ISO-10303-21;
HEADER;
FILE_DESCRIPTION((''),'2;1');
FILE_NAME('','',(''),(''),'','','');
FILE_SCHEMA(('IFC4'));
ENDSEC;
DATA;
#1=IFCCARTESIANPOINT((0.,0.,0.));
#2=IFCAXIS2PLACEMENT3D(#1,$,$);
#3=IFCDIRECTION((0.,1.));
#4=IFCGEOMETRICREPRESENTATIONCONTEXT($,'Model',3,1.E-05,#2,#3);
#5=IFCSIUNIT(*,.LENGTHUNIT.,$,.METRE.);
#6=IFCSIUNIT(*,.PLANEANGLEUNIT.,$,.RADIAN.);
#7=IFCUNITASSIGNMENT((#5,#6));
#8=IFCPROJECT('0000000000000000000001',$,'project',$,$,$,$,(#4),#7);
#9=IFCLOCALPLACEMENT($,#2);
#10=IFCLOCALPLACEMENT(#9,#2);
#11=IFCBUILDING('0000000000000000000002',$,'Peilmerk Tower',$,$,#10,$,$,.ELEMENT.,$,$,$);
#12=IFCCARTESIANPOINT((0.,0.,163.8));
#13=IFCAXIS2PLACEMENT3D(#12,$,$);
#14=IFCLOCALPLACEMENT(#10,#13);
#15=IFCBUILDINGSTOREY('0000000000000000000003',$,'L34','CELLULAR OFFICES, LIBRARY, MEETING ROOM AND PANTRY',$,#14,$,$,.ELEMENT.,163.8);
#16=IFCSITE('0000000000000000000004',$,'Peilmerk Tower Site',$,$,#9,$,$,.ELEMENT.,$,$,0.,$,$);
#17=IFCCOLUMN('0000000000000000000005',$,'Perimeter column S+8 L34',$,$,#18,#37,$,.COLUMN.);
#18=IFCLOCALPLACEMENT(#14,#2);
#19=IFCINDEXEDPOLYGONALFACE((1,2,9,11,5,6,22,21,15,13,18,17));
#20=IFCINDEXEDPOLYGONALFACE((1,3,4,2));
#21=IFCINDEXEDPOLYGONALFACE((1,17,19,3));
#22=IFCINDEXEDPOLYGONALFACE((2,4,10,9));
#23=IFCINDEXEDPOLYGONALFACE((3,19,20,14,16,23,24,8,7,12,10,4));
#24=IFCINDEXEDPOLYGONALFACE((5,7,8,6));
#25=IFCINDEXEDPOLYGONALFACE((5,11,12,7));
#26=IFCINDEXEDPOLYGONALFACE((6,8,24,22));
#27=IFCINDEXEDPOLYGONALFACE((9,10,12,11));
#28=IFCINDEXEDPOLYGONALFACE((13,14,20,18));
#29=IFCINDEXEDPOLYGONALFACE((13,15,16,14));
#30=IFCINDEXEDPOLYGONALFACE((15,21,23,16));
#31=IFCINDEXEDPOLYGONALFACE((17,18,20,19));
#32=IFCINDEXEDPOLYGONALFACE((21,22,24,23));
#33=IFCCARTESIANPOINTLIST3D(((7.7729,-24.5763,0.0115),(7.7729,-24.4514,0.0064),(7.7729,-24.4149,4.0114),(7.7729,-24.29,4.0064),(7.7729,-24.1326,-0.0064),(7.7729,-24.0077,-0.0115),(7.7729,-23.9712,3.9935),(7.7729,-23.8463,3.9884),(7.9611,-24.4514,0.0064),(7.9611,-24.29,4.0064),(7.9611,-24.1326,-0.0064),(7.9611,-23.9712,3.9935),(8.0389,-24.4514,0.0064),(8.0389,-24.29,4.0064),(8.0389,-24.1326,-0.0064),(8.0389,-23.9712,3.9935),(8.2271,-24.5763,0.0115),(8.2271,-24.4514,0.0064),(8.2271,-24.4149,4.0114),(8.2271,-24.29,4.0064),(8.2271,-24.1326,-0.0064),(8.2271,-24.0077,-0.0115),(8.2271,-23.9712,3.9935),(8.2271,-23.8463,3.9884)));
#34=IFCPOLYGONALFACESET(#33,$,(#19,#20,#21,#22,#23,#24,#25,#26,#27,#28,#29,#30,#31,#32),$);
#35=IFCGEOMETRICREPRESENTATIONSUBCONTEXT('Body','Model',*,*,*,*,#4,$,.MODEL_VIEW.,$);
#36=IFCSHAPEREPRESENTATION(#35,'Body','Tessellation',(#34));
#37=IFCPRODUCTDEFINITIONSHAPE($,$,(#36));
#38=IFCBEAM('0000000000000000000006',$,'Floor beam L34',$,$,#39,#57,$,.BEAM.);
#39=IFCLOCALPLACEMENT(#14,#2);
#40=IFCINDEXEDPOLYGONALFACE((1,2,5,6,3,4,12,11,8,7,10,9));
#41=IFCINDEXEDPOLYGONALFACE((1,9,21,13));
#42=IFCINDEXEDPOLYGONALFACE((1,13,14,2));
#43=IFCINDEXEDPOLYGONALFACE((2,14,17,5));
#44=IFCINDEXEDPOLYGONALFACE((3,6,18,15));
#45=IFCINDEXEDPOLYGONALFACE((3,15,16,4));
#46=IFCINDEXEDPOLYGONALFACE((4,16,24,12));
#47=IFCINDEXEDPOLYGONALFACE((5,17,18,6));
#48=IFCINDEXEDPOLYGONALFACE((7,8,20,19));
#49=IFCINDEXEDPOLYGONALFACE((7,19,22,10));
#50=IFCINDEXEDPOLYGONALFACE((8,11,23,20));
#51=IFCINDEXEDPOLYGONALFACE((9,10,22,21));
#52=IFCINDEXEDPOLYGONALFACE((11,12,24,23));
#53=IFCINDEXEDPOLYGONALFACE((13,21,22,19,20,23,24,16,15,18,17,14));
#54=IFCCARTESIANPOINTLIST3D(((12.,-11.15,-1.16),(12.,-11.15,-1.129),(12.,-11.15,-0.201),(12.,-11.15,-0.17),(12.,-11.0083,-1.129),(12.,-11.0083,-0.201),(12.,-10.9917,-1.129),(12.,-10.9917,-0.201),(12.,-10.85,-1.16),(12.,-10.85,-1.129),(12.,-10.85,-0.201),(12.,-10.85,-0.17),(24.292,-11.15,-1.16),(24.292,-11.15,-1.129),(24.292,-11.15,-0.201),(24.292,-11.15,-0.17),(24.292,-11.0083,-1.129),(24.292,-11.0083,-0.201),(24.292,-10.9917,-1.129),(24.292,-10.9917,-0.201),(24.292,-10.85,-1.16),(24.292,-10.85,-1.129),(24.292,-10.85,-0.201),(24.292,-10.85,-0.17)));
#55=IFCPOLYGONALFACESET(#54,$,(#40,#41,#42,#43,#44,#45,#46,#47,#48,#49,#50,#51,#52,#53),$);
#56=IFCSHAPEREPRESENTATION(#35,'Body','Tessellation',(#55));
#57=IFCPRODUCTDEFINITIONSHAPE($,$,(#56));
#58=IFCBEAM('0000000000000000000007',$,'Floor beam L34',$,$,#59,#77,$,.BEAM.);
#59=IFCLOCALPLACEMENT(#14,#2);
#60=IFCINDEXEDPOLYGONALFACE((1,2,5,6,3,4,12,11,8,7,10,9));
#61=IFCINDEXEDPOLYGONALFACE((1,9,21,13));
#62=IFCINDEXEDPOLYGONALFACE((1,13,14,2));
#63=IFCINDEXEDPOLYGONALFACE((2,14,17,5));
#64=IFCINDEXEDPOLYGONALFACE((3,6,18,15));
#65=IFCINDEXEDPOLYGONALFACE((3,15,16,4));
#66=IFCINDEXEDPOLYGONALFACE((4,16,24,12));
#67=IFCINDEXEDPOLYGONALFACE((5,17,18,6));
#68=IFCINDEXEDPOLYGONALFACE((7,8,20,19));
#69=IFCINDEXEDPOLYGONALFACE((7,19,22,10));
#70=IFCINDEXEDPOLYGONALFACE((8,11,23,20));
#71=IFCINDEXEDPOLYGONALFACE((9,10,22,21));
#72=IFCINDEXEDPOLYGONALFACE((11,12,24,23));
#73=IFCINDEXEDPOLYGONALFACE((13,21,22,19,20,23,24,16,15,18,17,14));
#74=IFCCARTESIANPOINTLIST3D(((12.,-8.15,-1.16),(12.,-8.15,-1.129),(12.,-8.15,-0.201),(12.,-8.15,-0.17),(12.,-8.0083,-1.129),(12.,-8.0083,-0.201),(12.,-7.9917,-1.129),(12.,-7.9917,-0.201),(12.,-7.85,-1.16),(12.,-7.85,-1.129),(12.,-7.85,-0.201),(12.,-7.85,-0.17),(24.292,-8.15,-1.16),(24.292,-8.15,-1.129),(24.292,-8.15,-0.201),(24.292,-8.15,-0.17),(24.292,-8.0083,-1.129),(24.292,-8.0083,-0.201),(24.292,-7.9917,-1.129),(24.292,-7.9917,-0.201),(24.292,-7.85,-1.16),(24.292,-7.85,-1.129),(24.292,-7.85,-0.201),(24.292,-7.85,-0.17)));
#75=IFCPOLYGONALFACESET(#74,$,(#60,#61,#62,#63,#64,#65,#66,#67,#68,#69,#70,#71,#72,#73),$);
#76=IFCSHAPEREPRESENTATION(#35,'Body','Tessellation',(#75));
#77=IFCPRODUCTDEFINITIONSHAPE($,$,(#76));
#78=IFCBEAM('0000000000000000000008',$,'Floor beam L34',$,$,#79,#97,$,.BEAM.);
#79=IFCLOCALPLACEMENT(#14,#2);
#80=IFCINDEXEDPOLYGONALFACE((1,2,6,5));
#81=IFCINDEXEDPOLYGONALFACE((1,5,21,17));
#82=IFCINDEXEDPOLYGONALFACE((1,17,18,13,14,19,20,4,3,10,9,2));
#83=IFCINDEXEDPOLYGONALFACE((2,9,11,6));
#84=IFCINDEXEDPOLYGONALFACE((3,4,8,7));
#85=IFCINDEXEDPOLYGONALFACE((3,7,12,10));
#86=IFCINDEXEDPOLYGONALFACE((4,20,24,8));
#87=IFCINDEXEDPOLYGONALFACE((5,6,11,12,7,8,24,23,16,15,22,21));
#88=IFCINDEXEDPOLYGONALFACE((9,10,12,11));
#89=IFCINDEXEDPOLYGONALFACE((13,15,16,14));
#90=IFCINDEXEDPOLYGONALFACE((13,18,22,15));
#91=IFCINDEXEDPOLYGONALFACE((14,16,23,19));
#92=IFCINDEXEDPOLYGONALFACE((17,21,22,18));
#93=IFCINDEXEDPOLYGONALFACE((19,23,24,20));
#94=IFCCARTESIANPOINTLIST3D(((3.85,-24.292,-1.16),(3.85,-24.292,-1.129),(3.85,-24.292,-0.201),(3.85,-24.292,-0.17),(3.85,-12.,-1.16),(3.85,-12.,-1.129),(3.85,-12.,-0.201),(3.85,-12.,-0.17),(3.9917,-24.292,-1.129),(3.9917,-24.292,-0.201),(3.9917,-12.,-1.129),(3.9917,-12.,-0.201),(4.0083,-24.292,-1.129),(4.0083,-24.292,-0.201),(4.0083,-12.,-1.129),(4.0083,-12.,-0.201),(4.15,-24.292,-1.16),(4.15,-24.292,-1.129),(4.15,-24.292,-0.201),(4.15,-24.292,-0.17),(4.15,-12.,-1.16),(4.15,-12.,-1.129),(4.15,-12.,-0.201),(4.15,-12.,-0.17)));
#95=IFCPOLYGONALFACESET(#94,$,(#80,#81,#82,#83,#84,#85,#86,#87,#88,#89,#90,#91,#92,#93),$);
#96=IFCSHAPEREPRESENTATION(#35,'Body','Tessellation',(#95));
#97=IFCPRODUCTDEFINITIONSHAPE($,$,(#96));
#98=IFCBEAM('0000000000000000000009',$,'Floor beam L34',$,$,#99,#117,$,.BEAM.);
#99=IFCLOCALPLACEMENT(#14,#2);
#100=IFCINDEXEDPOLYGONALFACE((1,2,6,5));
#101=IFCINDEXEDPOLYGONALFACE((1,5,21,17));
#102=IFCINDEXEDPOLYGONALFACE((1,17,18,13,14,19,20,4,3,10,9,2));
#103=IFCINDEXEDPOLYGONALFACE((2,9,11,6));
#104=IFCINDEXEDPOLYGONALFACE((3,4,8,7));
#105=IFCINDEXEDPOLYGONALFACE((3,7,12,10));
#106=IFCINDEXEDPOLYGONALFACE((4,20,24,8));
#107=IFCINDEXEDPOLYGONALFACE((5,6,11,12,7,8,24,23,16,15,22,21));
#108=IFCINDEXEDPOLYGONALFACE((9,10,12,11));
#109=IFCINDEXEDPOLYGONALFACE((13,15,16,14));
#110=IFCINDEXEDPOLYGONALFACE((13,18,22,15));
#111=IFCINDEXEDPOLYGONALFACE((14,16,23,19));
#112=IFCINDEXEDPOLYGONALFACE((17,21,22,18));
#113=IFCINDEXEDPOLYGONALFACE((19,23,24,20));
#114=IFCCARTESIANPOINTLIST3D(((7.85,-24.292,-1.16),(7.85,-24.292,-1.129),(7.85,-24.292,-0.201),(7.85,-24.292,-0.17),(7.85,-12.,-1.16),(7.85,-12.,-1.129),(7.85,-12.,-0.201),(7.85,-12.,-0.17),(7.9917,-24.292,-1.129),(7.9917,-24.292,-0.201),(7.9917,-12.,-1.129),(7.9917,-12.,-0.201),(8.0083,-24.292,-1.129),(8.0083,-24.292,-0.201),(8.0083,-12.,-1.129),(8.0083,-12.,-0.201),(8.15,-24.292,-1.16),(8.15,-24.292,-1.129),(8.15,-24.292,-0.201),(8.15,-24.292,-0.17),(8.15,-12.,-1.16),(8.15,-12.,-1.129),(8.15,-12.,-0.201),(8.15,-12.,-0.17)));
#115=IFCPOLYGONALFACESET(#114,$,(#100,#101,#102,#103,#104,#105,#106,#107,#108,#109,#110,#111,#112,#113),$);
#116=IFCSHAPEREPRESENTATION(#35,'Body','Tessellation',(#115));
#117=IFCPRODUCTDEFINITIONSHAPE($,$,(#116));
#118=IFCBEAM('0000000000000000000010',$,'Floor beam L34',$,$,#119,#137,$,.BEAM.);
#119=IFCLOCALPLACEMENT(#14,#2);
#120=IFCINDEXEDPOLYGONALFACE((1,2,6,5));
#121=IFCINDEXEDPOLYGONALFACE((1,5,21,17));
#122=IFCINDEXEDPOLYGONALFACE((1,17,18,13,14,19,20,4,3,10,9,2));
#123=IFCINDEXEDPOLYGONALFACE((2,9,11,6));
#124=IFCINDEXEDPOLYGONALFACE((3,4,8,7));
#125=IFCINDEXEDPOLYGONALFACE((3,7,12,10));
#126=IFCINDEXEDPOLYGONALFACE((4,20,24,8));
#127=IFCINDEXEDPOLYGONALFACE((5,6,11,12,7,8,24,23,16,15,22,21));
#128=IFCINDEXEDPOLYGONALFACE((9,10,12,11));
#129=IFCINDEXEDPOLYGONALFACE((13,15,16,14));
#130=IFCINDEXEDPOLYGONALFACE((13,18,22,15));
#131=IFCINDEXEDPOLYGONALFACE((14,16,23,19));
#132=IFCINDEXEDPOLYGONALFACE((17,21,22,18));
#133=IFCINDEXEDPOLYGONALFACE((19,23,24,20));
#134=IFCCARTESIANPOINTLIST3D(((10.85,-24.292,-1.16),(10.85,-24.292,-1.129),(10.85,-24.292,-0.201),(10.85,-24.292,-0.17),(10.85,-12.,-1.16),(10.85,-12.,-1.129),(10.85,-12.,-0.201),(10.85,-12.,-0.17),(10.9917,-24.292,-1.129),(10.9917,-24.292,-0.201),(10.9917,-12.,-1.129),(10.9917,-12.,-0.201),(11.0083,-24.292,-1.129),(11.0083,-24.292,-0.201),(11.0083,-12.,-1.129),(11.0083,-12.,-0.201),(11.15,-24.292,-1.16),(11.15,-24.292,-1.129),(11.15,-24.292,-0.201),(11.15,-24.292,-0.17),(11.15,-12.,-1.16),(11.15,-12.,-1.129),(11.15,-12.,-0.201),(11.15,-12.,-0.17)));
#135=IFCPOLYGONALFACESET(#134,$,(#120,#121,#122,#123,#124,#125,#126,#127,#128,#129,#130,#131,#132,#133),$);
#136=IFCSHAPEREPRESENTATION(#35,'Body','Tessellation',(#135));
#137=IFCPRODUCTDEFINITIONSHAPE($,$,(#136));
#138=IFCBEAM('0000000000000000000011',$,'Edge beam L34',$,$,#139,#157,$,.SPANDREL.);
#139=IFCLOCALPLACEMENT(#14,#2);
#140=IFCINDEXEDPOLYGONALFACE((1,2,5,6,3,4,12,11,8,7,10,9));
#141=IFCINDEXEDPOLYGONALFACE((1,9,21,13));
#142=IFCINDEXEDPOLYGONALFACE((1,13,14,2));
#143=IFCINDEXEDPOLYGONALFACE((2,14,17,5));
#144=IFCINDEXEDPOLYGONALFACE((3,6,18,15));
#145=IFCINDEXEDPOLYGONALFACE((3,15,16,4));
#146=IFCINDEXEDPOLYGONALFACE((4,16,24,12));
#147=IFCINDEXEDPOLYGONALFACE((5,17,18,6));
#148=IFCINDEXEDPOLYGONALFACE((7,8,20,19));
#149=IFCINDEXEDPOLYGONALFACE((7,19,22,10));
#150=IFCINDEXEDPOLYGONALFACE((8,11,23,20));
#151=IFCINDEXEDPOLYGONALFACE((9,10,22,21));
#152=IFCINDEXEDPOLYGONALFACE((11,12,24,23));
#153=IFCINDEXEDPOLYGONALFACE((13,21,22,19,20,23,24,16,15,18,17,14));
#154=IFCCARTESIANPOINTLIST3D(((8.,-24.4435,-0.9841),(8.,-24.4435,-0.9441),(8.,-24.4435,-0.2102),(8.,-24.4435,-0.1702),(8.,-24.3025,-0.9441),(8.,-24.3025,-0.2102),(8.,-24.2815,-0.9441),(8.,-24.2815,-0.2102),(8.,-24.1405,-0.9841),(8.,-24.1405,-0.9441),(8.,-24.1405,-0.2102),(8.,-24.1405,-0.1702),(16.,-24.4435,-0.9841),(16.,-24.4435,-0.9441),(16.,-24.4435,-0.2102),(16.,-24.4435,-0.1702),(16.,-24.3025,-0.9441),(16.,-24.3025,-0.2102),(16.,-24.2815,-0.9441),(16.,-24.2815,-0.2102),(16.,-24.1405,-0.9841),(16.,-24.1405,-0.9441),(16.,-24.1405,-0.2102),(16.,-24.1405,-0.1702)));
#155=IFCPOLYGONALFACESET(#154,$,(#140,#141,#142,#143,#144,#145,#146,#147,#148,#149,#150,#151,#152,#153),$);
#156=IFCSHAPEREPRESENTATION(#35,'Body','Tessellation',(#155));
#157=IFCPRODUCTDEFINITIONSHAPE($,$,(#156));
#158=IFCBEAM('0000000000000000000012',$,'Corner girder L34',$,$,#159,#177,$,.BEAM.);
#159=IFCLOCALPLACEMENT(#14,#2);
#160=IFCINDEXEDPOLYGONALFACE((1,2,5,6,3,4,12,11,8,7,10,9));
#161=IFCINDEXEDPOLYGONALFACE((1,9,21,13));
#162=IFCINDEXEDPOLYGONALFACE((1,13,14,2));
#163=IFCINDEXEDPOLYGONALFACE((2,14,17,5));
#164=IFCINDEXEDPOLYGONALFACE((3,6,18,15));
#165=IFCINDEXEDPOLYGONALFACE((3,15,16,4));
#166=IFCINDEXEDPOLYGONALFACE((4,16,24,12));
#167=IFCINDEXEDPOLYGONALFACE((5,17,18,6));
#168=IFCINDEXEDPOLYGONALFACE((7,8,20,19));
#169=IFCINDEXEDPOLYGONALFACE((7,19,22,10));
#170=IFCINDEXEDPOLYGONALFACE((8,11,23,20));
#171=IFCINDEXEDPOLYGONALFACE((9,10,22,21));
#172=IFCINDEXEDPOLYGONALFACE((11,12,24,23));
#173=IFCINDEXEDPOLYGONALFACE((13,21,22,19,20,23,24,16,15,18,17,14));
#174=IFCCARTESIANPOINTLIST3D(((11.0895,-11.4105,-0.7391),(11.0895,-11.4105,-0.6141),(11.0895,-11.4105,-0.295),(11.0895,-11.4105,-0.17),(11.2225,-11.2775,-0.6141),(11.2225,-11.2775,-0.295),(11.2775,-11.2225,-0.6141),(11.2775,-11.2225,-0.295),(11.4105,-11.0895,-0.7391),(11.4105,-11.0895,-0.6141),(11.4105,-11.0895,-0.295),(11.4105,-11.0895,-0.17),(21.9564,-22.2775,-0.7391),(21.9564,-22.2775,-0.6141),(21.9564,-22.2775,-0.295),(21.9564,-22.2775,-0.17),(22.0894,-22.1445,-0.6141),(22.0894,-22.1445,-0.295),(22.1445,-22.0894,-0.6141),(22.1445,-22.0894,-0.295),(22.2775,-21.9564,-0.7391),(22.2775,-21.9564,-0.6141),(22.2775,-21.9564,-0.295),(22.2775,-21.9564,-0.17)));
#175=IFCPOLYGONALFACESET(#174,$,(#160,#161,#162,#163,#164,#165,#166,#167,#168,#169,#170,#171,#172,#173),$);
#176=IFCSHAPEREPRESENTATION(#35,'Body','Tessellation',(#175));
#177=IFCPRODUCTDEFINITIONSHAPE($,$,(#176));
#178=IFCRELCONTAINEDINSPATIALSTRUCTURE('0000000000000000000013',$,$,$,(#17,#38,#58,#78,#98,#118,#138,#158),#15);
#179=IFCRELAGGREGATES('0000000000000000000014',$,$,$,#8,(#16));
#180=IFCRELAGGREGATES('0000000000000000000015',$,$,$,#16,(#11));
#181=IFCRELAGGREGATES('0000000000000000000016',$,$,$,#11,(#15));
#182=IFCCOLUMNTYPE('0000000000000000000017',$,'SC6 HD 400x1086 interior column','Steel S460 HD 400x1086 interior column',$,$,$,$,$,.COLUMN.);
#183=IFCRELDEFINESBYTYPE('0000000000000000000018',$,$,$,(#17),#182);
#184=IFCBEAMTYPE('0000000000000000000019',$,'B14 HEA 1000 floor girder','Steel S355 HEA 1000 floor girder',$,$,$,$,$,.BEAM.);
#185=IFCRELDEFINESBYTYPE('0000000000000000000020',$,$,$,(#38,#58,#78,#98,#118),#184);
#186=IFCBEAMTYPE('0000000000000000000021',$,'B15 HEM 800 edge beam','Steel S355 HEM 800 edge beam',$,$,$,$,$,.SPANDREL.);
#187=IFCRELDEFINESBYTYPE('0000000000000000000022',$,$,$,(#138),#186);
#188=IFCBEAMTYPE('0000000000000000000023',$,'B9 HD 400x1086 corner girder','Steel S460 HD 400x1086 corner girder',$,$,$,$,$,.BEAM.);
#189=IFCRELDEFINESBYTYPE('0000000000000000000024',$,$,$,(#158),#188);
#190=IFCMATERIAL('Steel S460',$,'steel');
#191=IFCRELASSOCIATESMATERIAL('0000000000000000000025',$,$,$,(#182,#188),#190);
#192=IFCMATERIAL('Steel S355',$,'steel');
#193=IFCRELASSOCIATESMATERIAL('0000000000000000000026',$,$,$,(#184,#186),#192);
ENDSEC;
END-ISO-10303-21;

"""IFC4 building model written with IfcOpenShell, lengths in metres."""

from ifc_helpers import new_model, si_unit, direction, frame, origin, origin_2d, place, context, subcontext, project, spatial, i_section, extrude, material, material_profile, profile_set, type_object, element, save


model = new_model("IFC4")

# Units and contexts
model_context = context("Model", 3, precision=1e-05, world=origin(), true_north=direction((0.0, 1.0)))
body_context = subcontext(model_context, "Body", "Model", "MODEL_VIEW")
ifc_project = project(units=[si_unit("LENGTHUNIT", "METRE"), si_unit("PLANEANGLEUNIT", "RADIAN")], contexts=[model_context])

# Site, building, storey
site_placement = place(None, origin())
site = spatial("IfcSite", under=ifc_project, at=site_placement, Name="Peilmerk Tower Site", CompositionType="ELEMENT", RefElevation=0.0)
building_placement = place(site_placement, origin())
building = spatial("IfcBuilding", under=site, at=building_placement, Name="Peilmerk Tower", CompositionType="ELEMENT")
storey_placement = place(building_placement, frame((0.0, 0.0, 163.8)))
storey = spatial("IfcBuildingStorey", under=building, at=storey_placement, Name="L34", Description="CELLULAR OFFICES, LIBRARY, MEETING ROOM AND PANTRY", CompositionType="ELEMENT", Elevation=163.8)

# Column
ifc_material_1 = material(Name="Steel S460", Category="steel")
ifc_material_profile_1 = material_profile(ifc_material_1, i_section(OverallWidth=0.4541, OverallDepth=0.5691, WebThickness=0.0779, FlangeThickness=0.125, at=origin_2d()), Name="HD 400x1086")
ifc_profile_set_1 = profile_set([ifc_material_profile_1], Name="Steel S460")
column_type = type_object("IfcColumnType", Name="SC6 HD 400x1086 interior column", Description="Steel S460 HD 400x1086 interior column", PredefinedType="COLUMN", material=ifc_profile_set_1)
column_placement = place(storey_placement, frame((8.0, -24.292, 0.0), z_axis=(0.0, 0.040311, 0.999187), x_axis=(-1.0, 0.0, 0.0)))
element("IfcColumn", 1, at=column_placement, inside=storey, type_object=column_type, Name="Perimeter column S+8 L34", PredefinedType="COLUMN", context=body_context, shape_type="SweptSolid", body=[
    extrude(i_section(OverallWidth=0.4541, OverallDepth=0.5691, WebThickness=0.0779, FlangeThickness=0.125, at=origin_2d()), origin(), (0.0, 0.0, 1.0), 4.0032),
])

# Beams
ifc_material_2 = material(Name="Steel S355", Category="steel")
ifc_material_profile_2 = material_profile(ifc_material_2, i_section(OverallWidth=0.3, OverallDepth=0.99, WebThickness=0.0166, FlangeThickness=0.031, at=origin_2d()), Name="HEA 1000")
ifc_profile_set_2 = profile_set([ifc_material_profile_2], Name="Steel S355")
beam_type_1 = type_object("IfcBeamType", Name="B14 HEA 1000 floor girder", Description="Steel S355 HEA 1000 floor girder", PredefinedType="BEAM", material=ifc_profile_set_2)
for number, where, z_axis, x_axis, name in (
    (2, (12.0, -11.0, -0.665), (1.0, 0.0, 0.0), (0.0, 1.0, 0.0), "Floor beam L34"),
    (3, (12.0, -8.0, -0.665), (1.0, 0.0, 0.0), (0.0, 1.0, 0.0), "Floor beam L34"),
    (4, (4.0, -12.0, -0.665), (0.0, -1.0, 0.0), (1.0, 0.0, 0.0), "Floor beam L34"),
    (5, (8.0, -12.0, -0.665), (0.0, -1.0, 0.0), (1.0, 0.0, 0.0), "Floor beam L34"),
    (6, (11.0, -12.0, -0.665), (0.0, -1.0, 0.0), (1.0, 0.0, 0.0), "Floor beam L34"),
):
    element("IfcBeam", number, at=place(storey_placement, frame(where, z_axis=z_axis, x_axis=x_axis)), inside=storey, type_object=beam_type_1, Name=name, PredefinedType="BEAM", context=body_context, shape_type="SweptSolid", body=[
        extrude(i_section(OverallWidth=0.3, OverallDepth=0.99, WebThickness=0.0166, FlangeThickness=0.031, at=origin_2d()), origin(), (0.0, 0.0, 1.0), 12.292),
    ])
ifc_material_profile_3 = material_profile(ifc_material_2, i_section(OverallWidth=0.303, OverallDepth=0.814, WebThickness=0.021, FlangeThickness=0.04, at=origin_2d()), Name="HEM 800")
ifc_profile_set_3 = profile_set([ifc_material_profile_3], Name="Steel S355")
beam_type_2 = type_object("IfcBeamType", Name="B15 HEM 800 edge beam", Description="Steel S355 HEM 800 edge beam", PredefinedType="SPANDREL", material=ifc_profile_set_3)
beam_1_placement = place(storey_placement, frame((8.0, -24.292, -0.5771), z_axis=(1.0, 0.0, 0.0), x_axis=(0.0, 1.0, 0.0)))
element("IfcBeam", 7, at=beam_1_placement, inside=storey, type_object=beam_type_2, Name="Edge beam L34", PredefinedType="SPANDREL", context=body_context, shape_type="SweptSolid", body=[
    extrude(i_section(OverallWidth=0.303, OverallDepth=0.814, WebThickness=0.021, FlangeThickness=0.04, at=origin_2d()), origin(), (0.0, 0.0, 1.0), 8.0),
])
ifc_material_profile_4 = material_profile(ifc_material_1, i_section(OverallWidth=0.4541, OverallDepth=0.5691, WebThickness=0.0779, FlangeThickness=0.125, at=origin_2d()), Name="HD 400x1086")
ifc_profile_set_4 = profile_set([ifc_material_profile_4], Name="Steel S460")
beam_type_3 = type_object("IfcBeamType", Name="B9 HD 400x1086 corner girder", Description="Steel S460 HD 400x1086 corner girder", PredefinedType="BEAM", material=ifc_profile_set_4)
beam_2_placement = place(storey_placement, frame((11.25, -11.25, -0.4546), z_axis=(0.707107, -0.707107, 0.0), x_axis=(0.707107, 0.707107, 0.0)))
element("IfcBeam", 8, at=beam_2_placement, inside=storey, type_object=beam_type_3, Name="Corner girder L34", PredefinedType="BEAM", context=body_context, shape_type="SweptSolid", body=[
    extrude(i_section(OverallWidth=0.4541, OverallDepth=0.5691, WebThickness=0.0779, FlangeThickness=0.125, at=origin_2d()), origin(), (0.0, 0.0, 1.0), 15.3682),
])

save(model, "model.ifc")
